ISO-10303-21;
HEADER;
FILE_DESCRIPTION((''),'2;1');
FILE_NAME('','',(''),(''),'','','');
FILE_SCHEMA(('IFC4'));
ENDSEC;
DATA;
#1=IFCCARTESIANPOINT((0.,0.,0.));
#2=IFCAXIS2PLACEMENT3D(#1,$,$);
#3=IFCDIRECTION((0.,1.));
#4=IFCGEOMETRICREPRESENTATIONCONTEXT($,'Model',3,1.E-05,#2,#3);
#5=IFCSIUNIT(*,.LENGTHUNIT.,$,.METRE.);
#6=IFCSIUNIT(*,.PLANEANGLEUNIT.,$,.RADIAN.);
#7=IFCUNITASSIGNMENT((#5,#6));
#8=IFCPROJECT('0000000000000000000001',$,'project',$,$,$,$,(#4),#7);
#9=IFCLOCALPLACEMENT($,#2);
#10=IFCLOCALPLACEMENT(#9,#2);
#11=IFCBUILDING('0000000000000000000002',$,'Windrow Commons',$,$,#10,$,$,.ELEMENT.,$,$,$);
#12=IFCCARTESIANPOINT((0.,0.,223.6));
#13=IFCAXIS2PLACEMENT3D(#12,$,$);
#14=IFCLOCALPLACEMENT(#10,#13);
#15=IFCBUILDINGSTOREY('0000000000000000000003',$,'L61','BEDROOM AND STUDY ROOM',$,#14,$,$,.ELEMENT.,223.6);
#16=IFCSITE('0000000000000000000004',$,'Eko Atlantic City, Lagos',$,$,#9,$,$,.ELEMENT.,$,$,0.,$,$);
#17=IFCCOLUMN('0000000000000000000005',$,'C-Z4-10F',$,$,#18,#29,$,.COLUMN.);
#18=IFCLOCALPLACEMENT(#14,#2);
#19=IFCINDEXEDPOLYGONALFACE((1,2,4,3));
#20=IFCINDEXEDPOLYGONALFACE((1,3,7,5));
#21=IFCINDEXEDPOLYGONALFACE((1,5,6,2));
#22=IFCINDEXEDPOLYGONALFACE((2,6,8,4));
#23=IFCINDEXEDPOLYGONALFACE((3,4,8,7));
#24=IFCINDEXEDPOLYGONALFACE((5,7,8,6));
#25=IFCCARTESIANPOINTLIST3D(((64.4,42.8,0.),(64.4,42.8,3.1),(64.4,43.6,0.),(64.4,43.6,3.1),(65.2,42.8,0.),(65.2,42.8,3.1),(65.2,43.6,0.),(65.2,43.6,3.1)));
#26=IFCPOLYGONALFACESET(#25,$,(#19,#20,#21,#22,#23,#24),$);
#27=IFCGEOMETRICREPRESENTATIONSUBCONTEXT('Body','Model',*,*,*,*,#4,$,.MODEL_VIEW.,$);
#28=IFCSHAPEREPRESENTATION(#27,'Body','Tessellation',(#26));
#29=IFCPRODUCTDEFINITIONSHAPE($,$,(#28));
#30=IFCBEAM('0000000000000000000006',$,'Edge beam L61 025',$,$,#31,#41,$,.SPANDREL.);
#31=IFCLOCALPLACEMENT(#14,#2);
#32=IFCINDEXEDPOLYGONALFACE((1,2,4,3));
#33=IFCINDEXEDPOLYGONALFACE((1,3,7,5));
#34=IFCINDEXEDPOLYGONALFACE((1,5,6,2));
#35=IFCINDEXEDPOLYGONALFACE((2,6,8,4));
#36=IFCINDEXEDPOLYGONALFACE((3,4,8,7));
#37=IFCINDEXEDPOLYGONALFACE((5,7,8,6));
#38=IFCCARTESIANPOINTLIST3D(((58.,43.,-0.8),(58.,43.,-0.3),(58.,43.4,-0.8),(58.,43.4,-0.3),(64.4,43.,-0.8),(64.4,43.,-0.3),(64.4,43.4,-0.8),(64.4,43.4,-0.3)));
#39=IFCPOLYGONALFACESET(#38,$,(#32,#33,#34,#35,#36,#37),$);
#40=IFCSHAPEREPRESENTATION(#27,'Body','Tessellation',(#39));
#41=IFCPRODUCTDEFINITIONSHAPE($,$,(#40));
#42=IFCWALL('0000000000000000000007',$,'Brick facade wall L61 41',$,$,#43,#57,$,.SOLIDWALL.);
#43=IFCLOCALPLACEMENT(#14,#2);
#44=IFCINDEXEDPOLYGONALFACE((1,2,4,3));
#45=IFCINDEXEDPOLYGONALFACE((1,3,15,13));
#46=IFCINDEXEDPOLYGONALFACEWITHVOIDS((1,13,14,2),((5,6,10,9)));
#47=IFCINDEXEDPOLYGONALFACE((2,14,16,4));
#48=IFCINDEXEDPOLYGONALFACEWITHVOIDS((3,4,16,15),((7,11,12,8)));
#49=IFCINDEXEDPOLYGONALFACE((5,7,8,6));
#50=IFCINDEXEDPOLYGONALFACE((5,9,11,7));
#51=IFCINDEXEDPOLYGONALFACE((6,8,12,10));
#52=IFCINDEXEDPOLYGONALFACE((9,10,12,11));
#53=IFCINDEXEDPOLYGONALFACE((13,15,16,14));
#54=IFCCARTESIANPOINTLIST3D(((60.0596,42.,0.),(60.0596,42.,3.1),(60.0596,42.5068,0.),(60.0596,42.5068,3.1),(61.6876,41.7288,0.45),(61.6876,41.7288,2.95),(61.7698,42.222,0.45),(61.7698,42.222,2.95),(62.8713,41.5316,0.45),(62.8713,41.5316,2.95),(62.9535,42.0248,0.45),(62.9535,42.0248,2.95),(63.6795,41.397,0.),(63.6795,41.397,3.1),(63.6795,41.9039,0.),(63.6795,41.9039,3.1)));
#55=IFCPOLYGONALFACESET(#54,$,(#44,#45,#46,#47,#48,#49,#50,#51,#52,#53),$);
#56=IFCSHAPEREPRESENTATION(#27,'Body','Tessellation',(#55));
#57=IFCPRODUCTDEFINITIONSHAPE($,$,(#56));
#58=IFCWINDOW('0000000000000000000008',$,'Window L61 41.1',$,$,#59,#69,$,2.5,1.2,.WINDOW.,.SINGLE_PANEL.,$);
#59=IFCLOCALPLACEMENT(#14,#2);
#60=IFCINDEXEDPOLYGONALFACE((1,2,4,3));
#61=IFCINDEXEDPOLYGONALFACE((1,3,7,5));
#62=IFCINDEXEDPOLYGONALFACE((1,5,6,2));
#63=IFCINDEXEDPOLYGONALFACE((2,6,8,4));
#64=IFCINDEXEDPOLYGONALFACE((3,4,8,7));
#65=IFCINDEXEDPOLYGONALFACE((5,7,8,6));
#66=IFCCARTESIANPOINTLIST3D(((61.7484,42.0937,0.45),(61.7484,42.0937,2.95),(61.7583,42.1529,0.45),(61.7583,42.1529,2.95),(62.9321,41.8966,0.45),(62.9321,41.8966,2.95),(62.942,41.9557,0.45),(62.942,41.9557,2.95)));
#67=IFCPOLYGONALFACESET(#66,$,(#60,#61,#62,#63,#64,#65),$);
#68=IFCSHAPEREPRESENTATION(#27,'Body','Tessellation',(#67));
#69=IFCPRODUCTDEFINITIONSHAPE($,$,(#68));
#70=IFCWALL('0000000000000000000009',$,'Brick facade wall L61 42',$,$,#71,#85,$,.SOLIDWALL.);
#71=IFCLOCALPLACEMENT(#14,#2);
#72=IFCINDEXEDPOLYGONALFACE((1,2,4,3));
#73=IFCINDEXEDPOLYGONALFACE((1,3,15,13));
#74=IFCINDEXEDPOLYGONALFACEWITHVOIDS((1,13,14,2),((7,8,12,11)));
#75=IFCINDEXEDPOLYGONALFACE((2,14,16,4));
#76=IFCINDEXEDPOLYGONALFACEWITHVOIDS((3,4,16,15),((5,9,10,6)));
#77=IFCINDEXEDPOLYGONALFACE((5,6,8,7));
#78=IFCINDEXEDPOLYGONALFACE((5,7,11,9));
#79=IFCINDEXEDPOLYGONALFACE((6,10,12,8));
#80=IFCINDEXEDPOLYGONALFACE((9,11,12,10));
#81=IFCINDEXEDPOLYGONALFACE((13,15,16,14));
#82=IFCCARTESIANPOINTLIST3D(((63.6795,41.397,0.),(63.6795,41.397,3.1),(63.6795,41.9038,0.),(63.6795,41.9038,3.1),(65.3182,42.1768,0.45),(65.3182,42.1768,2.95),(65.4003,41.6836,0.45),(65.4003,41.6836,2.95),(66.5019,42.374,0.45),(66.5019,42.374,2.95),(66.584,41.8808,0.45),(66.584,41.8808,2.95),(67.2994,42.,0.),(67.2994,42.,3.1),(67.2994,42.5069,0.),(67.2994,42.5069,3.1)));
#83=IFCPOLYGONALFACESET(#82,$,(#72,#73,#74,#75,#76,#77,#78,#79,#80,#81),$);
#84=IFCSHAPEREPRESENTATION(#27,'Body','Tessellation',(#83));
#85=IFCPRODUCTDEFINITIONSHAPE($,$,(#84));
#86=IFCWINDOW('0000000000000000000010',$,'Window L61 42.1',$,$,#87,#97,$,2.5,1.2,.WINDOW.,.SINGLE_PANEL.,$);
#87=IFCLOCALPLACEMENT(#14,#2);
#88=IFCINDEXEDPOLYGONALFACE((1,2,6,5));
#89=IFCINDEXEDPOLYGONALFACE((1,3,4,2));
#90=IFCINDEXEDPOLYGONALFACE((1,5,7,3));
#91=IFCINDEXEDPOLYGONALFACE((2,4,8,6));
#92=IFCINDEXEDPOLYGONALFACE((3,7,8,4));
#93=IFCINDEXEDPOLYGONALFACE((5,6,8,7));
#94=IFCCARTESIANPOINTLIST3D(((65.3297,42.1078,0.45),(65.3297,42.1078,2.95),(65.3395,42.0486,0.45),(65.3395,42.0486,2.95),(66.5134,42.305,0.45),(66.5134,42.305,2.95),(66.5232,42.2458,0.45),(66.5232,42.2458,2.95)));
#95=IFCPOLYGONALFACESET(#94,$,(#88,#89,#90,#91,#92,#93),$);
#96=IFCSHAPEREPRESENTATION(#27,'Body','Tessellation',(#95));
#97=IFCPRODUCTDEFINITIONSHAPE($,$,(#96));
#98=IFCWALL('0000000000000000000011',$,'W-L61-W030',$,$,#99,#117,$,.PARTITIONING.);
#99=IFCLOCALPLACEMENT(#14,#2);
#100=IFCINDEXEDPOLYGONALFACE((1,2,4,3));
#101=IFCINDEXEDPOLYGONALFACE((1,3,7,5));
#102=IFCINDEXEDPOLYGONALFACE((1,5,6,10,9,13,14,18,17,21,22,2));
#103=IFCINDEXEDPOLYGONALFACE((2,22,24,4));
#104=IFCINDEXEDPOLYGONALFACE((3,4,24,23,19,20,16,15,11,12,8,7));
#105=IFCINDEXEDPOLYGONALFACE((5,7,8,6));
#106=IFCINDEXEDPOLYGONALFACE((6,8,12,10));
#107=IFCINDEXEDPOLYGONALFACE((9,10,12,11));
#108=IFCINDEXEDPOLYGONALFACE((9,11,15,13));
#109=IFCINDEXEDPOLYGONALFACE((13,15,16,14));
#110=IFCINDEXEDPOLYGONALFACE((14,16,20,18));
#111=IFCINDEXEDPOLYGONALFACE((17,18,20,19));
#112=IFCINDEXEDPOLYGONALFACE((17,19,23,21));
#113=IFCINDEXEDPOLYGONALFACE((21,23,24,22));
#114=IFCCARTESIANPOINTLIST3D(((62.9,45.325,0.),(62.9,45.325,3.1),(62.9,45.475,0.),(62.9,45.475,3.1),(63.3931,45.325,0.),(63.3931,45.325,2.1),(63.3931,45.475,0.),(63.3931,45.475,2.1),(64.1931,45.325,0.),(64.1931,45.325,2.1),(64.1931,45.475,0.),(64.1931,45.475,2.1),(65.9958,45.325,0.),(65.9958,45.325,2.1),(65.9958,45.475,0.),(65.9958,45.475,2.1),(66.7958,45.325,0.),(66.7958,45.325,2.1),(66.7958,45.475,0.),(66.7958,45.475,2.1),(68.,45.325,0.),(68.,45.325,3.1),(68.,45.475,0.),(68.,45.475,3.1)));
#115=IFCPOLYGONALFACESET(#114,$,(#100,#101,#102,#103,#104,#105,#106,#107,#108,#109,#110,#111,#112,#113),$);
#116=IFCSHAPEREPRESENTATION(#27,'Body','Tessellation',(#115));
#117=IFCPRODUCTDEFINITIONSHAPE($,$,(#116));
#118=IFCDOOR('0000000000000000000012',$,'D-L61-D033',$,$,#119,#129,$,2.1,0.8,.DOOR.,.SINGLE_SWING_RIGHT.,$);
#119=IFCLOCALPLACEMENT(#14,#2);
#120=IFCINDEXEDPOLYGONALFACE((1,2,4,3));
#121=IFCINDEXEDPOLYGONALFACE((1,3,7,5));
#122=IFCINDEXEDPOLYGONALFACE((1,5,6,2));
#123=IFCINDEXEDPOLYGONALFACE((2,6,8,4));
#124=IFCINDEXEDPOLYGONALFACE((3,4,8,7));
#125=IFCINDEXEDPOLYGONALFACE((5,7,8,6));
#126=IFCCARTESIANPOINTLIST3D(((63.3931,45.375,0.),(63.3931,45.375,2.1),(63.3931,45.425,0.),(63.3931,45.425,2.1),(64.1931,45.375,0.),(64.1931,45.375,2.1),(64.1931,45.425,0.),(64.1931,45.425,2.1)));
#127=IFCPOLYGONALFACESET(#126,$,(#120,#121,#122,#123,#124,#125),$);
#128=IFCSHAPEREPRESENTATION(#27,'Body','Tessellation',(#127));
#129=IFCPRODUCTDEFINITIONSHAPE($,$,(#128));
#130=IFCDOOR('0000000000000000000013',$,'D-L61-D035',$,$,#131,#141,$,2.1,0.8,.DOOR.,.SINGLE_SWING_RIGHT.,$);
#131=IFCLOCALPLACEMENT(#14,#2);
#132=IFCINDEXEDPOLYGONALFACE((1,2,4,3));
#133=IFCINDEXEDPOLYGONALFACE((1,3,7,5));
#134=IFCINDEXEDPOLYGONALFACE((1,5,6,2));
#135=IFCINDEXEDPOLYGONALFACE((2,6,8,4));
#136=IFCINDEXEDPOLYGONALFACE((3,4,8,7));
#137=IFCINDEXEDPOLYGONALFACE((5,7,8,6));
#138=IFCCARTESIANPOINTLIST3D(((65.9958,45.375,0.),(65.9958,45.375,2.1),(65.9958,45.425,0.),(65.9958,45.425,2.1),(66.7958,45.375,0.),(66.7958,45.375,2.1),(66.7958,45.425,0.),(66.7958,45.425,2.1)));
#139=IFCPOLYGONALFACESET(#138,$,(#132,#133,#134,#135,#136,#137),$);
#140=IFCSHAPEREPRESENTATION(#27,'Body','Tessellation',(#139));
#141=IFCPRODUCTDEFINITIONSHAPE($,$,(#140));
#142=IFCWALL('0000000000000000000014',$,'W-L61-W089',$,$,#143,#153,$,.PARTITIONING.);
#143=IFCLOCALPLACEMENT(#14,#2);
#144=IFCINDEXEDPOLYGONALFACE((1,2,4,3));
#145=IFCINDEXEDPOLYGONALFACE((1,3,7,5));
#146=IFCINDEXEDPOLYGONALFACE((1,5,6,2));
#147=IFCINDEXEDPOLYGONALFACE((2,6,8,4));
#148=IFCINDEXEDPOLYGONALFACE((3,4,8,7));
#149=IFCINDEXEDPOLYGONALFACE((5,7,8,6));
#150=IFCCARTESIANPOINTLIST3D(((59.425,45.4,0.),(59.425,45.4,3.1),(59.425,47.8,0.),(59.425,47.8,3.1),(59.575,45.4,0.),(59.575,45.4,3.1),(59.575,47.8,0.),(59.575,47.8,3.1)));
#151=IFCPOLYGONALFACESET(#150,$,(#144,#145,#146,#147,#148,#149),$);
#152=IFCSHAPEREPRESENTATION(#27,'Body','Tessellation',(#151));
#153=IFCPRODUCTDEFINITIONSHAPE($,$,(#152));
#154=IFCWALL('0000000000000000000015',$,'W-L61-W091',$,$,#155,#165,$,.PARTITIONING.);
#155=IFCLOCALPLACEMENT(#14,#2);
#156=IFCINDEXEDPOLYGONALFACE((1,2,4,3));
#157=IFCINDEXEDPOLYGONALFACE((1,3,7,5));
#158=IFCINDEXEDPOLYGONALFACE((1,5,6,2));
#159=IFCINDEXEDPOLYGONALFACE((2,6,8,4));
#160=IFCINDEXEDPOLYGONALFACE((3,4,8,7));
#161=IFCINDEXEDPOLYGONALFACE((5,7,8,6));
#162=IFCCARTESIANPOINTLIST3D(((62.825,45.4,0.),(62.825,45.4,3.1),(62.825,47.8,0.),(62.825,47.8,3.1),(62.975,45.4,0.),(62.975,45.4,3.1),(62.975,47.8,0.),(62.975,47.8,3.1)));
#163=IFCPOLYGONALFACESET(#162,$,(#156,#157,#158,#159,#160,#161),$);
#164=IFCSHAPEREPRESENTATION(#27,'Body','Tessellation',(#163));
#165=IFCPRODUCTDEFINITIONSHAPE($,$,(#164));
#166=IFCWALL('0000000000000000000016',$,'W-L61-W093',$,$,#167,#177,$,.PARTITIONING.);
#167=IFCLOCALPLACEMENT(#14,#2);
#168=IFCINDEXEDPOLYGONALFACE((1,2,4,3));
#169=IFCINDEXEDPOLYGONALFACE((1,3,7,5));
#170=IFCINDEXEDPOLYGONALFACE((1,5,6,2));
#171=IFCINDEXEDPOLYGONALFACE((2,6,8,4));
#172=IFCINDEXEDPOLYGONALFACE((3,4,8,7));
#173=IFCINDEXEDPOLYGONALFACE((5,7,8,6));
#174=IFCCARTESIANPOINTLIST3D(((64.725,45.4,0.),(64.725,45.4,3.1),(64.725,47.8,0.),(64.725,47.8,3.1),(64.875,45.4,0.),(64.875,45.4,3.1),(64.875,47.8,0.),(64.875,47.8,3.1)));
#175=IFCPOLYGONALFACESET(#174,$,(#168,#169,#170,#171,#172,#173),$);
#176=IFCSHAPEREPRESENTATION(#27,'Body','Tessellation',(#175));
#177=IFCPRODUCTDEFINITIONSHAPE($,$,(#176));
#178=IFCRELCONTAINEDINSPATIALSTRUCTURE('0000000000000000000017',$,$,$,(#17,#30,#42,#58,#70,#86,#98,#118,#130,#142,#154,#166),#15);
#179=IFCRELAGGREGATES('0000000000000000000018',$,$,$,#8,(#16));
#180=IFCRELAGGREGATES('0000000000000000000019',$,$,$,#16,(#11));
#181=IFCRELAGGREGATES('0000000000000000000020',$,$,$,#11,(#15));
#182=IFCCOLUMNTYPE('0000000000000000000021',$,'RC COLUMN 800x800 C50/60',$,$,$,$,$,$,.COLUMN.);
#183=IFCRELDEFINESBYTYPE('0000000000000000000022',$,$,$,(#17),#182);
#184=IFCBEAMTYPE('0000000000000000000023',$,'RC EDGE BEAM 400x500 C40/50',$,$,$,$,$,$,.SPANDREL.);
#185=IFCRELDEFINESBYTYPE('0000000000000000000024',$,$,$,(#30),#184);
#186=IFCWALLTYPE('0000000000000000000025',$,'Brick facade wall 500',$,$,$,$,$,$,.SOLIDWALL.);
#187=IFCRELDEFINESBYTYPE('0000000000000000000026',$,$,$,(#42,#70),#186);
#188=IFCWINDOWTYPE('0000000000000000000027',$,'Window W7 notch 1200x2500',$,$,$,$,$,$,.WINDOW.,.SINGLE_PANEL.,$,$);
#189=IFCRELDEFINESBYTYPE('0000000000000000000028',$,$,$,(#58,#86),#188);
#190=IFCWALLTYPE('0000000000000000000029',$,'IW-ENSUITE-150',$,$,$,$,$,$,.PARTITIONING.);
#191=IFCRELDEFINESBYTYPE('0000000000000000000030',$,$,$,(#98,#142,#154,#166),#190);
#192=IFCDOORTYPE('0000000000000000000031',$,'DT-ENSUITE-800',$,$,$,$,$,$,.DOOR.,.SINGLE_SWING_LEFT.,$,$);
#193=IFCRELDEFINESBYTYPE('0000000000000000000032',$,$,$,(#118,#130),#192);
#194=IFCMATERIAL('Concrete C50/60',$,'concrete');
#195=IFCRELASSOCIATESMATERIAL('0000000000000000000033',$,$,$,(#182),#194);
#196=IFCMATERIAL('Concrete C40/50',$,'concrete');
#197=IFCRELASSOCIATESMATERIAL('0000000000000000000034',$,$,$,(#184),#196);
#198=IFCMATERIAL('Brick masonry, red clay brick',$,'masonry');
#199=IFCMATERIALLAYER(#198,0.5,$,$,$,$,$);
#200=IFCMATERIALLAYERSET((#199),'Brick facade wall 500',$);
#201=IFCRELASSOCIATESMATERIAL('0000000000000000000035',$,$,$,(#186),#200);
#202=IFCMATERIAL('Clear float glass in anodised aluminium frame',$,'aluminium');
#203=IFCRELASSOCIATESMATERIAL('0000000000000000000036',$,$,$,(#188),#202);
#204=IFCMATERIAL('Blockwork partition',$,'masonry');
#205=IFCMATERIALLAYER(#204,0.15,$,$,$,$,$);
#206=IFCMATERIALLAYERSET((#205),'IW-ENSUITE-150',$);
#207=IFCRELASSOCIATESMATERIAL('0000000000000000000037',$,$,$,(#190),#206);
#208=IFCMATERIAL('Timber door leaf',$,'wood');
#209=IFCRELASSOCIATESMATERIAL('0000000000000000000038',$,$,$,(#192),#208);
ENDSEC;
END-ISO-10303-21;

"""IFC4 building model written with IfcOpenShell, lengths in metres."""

from ifc_helpers import new_model, si_unit, direction, frame, frame_2d, origin, origin_2d, place, context, subcontext, project, spatial, polyline, rectangle, outline, extrude, material, layer, layer_set, material_profile, profile_set, type_object, element, fill, save


model = new_model("IFC4")

# Units and contexts
model_context = context("Model", 3, precision=1e-05, world=origin(), true_north=direction((0.0, 1.0)))
body_context = subcontext(model_context, "Body", "Model", "MODEL_VIEW")
ifc_project = project(units=[si_unit("LENGTHUNIT", "METRE"), si_unit("PLANEANGLEUNIT", "RADIAN")], contexts=[model_context])

# Site, building, storey
site_placement = place(None, origin())
site = spatial("IfcSite", under=ifc_project, at=site_placement, Name="Eko Atlantic City, Lagos", CompositionType="ELEMENT", RefElevation=0.0)
building_placement = place(site_placement, origin())
building = spatial("IfcBuilding", under=site, at=building_placement, Name="Windrow Commons", CompositionType="ELEMENT")
storey_placement = place(building_placement, frame((0.0, 0.0, 223.6)))
storey = spatial("IfcBuildingStorey", under=building, at=storey_placement, Name="L61", Description="BEDROOM AND STUDY ROOM", CompositionType="ELEMENT", Elevation=223.6)

# Column
ifc_material_1 = material(Name="Concrete C50/60", Category="concrete")
ifc_material_profile_1 = material_profile(ifc_material_1, rectangle(XDim=0.8, YDim=0.8, at=origin_2d()))
ifc_profile_set_1 = profile_set([ifc_material_profile_1], Name="Concrete C50/60")
column_type = type_object("IfcColumnType", Name="RC COLUMN 800x800 C50/60", PredefinedType="COLUMN", material=ifc_profile_set_1)
column_placement = place(storey_placement, frame((64.8, 43.2, 0.0), z_axis=(0.0, 0.0, 1.0), x_axis=(1.0, 0.0, 0.0)))
element("IfcColumn", 1, at=column_placement, inside=storey, type_object=column_type, Name="C-Z4-10F", PredefinedType="COLUMN", context=body_context, shape_type="SweptSolid", body=[
    extrude(rectangle(XDim=0.8, YDim=0.8, at=origin_2d()), origin(), (0.0, 0.0, 1.0), 3.1),
])

# Beam
ifc_material_2 = material(Name="Concrete C40/50", Category="concrete")
ifc_material_profile_2 = material_profile(ifc_material_2, rectangle(XDim=0.4, YDim=0.5, at=origin_2d()))
ifc_profile_set_2 = profile_set([ifc_material_profile_2], Name="Concrete C40/50")
beam_type = type_object("IfcBeamType", Name="RC EDGE BEAM 400x500 C40/50", PredefinedType="SPANDREL", material=ifc_profile_set_2)
beam_placement = place(storey_placement, frame((64.4, 43.2, -0.55), z_axis=(-1.0, 0.0, 0.0), x_axis=(0.0, -1.0, 0.0)))
element("IfcBeam", 2, at=beam_placement, inside=storey, type_object=beam_type, Name="Edge beam L61 025", PredefinedType="SPANDREL", context=body_context, shape_type="SweptSolid", body=[
    extrude(rectangle(XDim=0.4, YDim=0.5, at=origin_2d()), origin(), (0.0, 0.0, 1.0), 6.4),
])

# Walls, openings, windows
ifc_material_3 = material(Name="Brick masonry, red clay brick", Category="masonry")
ifc_layer_1 = layer(ifc_material_3, 0.5)
ifc_layer_set_1 = layer_set([ifc_layer_1], Name="Brick facade wall 500")
wall_type_1 = type_object("IfcWallType", Name="Brick facade wall 500", PredefinedType="SOLIDWALL", material=ifc_layer_set_1)
wall_1_placement = place(storey_placement, frame((60.0596, 42.2534, 0.0), z_axis=(0.0, 0.0, 1.0), x_axis=(0.986408, -0.164315, 0.0)))
wall_1 = element("IfcWall", 3, at=wall_1_placement, inside=storey, type_object=wall_type_1, Name="Brick facade wall L61 41", PredefinedType="SOLIDWALL", context=body_context, shape_type="SweptSolid", body=[
    extrude(outline(polyline([(0.0416, -0.25), (3.7114, -0.25), (3.6281, 0.25), (-0.0416, 0.25), (0.0416, -0.25)])), origin(), (0.0, 0.0, 1.0), 3.1),
])
opening_1_placement = place(wall_1_placement, frame((1.6921, 0.0, 0.45)))
opening_1 = element("IfcOpeningElement", 4, at=opening_1_placement, cuts=wall_1, PredefinedType="OPENING", context=body_context, shape_type="SweptSolid", body=[
    extrude(rectangle(XDim=1.2, YDim=2.5, at=frame_2d((0.6, 1.25))), frame((0.0, 0.26, 0.0), z_axis=(0.0, -1.0, 0.0), x_axis=(1.0, 0.0, 0.0)), (0.0, 0.0, 1.0), 0.52),
])
ifc_material_4 = material(Name="Clear float glass in anodised aluminium frame", Category="aluminium")
window_type = type_object("IfcWindowType", Name="Window W7 notch 1200x2500", PartitioningType="SINGLE_PANEL", PredefinedType="WINDOW", material=ifc_material_4)
window_1_placement = place(opening_1_placement, origin())
window_1 = element("IfcWindow", 5, at=window_1_placement, inside=storey, type_object=window_type, Name="Window L61 41.1", OverallHeight=2.5, OverallWidth=1.2, PartitioningType="SINGLE_PANEL", PredefinedType="WINDOW", context=body_context, shape_type="SweptSolid", body=[
    extrude(rectangle(XDim=1.2, YDim=2.5, at=frame_2d((0.6, 1.25))), frame((0.0, 0.18, 0.0), z_axis=(0.0, -1.0, 0.0), x_axis=(1.0, 0.0, 0.0)), (0.0, 0.0, 1.0), 0.06),
])
fill(opening_1, window_1)
wall_2_placement = place(storey_placement, frame((63.6795, 41.6504, 0.0), z_axis=(0.0, 0.0, 1.0), x_axis=(0.986407, 0.164319, 0.0)))
wall_2 = element("IfcWall", 6, at=wall_2_placement, inside=storey, type_object=wall_type_1, Name="Brick facade wall L61 42", PredefinedType="SOLIDWALL", context=body_context, shape_type="SweptSolid", body=[
    extrude(outline(polyline([(-0.0416, -0.25), (3.6281, -0.25), (3.7114, 0.25), (0.0416, 0.25), (-0.0416, -0.25)])), origin(), (0.0, 0.0, 1.0), 3.1),
])
opening_2_placement = place(wall_2_placement, frame((1.7029, 0.0, 0.45)))
opening_2 = element("IfcOpeningElement", 7, at=opening_2_placement, cuts=wall_2, PredefinedType="OPENING", context=body_context, shape_type="SweptSolid", body=[
    extrude(rectangle(XDim=1.2, YDim=2.5, at=frame_2d((0.6, 1.25))), frame((0.0, 0.26, 0.0), z_axis=(0.0, -1.0, 0.0), x_axis=(1.0, 0.0, 0.0)), (0.0, 0.0, 1.0), 0.52),
])
window_2_placement = place(opening_2_placement, origin())
window_2 = element("IfcWindow", 8, at=window_2_placement, inside=storey, type_object=window_type, Name="Window L61 42.1", OverallHeight=2.5, OverallWidth=1.2, PartitioningType="SINGLE_PANEL", PredefinedType="WINDOW", context=body_context, shape_type="SweptSolid", body=[
    extrude(rectangle(XDim=1.2, YDim=2.5, at=frame_2d((0.6, 1.25))), frame((0.0, 0.18, 0.0), z_axis=(0.0, -1.0, 0.0), x_axis=(1.0, 0.0, 0.0)), (0.0, 0.0, 1.0), 0.06),
])
fill(opening_2, window_2)

# Wall, openings, doors
ifc_material_5 = material(Name="Blockwork partition", Category="masonry")
ifc_layer_2 = layer(ifc_material_5, 0.15)
ifc_layer_set_2 = layer_set([ifc_layer_2], Name="IW-ENSUITE-150")
wall_type_2 = type_object("IfcWallType", Name="IW-ENSUITE-150", PredefinedType="PARTITIONING", material=ifc_layer_set_2)
wall_3_placement = place(storey_placement, frame((62.9, 45.4, 0.0), z_axis=(0.0, 0.0, 1.0), x_axis=(1.0, 0.0, 0.0)))
wall_3 = element("IfcWall", 9, at=wall_3_placement, inside=storey, type_object=wall_type_2, Name="W-L61-W030", PredefinedType="PARTITIONING", context=body_context, shape_type="SweptSolid", body=[
    extrude(rectangle(XDim=5.1, YDim=0.15, at=frame_2d((2.55, 0.0))), origin(), (0.0, 0.0, 1.0), 3.1),
])
opening_3_placement = place(wall_3_placement, frame((0.4931, 0.0, 0.0)))
opening_3 = element("IfcOpeningElement", 10, at=opening_3_placement, cuts=wall_3, PredefinedType="OPENING", context=body_context, shape_type="SweptSolid", body=[
    extrude(rectangle(XDim=0.8, YDim=2.1, at=frame_2d((0.4, 1.05))), frame((0.0, 0.085, 0.0), z_axis=(0.0, -1.0, 0.0), x_axis=(1.0, 0.0, 0.0)), (0.0, 0.0, 1.0), 0.17),
])
opening_4_placement = place(wall_3_placement, frame((3.0958, 0.0, 0.0)))
opening_4 = element("IfcOpeningElement", 11, at=opening_4_placement, cuts=wall_3, PredefinedType="OPENING", context=body_context, shape_type="SweptSolid", body=[
    extrude(rectangle(XDim=0.8, YDim=2.1, at=frame_2d((0.4, 1.05))), frame((0.0, 0.085, 0.0), z_axis=(0.0, -1.0, 0.0), x_axis=(1.0, 0.0, 0.0)), (0.0, 0.0, 1.0), 0.17),
])
ifc_material_6 = material(Name="Timber door leaf", Category="wood")
door_type = type_object("IfcDoorType", Name="DT-ENSUITE-800", OperationType="SINGLE_SWING_LEFT", PredefinedType="DOOR", material=ifc_material_6)
door_1_placement = place(opening_3_placement, origin())
door_1 = element("IfcDoor", 12, at=door_1_placement, inside=storey, type_object=door_type, Name="D-L61-D033", OperationType="SINGLE_SWING_RIGHT", OverallHeight=2.1, OverallWidth=0.8, PredefinedType="DOOR", context=body_context, shape_type="SweptSolid", body=[
    extrude(rectangle(XDim=0.8, YDim=2.1, at=frame_2d((0.4, 1.05))), frame((0.0, 0.025, 0.0), z_axis=(0.0, -1.0, 0.0), x_axis=(1.0, 0.0, 0.0)), (0.0, 0.0, 1.0), 0.05),
])
fill(opening_3, door_1)
door_2_placement = place(opening_4_placement, origin())
door_2 = element("IfcDoor", 13, at=door_2_placement, inside=storey, type_object=door_type, Name="D-L61-D035", OperationType="SINGLE_SWING_RIGHT", OverallHeight=2.1, OverallWidth=0.8, PredefinedType="DOOR", context=body_context, shape_type="SweptSolid", body=[
    extrude(rectangle(XDim=0.8, YDim=2.1, at=frame_2d((0.4, 1.05))), frame((0.0, 0.025, 0.0), z_axis=(0.0, -1.0, 0.0), x_axis=(1.0, 0.0, 0.0)), (0.0, 0.0, 1.0), 0.05),
])
fill(opening_4, door_2)

# Walls
for number, where, z_axis, x_axis, name in (
    (14, (59.5, 45.4, 0.0), (0.0, 0.0, 1.0), (0.0, 1.0, 0.0), "W-L61-W089"),
    (15, (62.9, 45.4, 0.0), (0.0, 0.0, 1.0), (0.0, 1.0, 0.0), "W-L61-W091"),
    (16, (64.8, 45.4, 0.0), (0.0, 0.0, 1.0), (0.0, 1.0, 0.0), "W-L61-W093"),
):
    element("IfcWall", number, at=place(storey_placement, frame(where, z_axis=z_axis, x_axis=x_axis)), inside=storey, type_object=wall_type_2, Name=name, PredefinedType="PARTITIONING", context=body_context, shape_type="SweptSolid", body=[
        extrude(rectangle(XDim=2.4, YDim=0.15, at=frame_2d((1.2, 0.0))), origin(), (0.0, 0.0, 1.0), 3.1),
    ])

save(model, "model.ifc")
